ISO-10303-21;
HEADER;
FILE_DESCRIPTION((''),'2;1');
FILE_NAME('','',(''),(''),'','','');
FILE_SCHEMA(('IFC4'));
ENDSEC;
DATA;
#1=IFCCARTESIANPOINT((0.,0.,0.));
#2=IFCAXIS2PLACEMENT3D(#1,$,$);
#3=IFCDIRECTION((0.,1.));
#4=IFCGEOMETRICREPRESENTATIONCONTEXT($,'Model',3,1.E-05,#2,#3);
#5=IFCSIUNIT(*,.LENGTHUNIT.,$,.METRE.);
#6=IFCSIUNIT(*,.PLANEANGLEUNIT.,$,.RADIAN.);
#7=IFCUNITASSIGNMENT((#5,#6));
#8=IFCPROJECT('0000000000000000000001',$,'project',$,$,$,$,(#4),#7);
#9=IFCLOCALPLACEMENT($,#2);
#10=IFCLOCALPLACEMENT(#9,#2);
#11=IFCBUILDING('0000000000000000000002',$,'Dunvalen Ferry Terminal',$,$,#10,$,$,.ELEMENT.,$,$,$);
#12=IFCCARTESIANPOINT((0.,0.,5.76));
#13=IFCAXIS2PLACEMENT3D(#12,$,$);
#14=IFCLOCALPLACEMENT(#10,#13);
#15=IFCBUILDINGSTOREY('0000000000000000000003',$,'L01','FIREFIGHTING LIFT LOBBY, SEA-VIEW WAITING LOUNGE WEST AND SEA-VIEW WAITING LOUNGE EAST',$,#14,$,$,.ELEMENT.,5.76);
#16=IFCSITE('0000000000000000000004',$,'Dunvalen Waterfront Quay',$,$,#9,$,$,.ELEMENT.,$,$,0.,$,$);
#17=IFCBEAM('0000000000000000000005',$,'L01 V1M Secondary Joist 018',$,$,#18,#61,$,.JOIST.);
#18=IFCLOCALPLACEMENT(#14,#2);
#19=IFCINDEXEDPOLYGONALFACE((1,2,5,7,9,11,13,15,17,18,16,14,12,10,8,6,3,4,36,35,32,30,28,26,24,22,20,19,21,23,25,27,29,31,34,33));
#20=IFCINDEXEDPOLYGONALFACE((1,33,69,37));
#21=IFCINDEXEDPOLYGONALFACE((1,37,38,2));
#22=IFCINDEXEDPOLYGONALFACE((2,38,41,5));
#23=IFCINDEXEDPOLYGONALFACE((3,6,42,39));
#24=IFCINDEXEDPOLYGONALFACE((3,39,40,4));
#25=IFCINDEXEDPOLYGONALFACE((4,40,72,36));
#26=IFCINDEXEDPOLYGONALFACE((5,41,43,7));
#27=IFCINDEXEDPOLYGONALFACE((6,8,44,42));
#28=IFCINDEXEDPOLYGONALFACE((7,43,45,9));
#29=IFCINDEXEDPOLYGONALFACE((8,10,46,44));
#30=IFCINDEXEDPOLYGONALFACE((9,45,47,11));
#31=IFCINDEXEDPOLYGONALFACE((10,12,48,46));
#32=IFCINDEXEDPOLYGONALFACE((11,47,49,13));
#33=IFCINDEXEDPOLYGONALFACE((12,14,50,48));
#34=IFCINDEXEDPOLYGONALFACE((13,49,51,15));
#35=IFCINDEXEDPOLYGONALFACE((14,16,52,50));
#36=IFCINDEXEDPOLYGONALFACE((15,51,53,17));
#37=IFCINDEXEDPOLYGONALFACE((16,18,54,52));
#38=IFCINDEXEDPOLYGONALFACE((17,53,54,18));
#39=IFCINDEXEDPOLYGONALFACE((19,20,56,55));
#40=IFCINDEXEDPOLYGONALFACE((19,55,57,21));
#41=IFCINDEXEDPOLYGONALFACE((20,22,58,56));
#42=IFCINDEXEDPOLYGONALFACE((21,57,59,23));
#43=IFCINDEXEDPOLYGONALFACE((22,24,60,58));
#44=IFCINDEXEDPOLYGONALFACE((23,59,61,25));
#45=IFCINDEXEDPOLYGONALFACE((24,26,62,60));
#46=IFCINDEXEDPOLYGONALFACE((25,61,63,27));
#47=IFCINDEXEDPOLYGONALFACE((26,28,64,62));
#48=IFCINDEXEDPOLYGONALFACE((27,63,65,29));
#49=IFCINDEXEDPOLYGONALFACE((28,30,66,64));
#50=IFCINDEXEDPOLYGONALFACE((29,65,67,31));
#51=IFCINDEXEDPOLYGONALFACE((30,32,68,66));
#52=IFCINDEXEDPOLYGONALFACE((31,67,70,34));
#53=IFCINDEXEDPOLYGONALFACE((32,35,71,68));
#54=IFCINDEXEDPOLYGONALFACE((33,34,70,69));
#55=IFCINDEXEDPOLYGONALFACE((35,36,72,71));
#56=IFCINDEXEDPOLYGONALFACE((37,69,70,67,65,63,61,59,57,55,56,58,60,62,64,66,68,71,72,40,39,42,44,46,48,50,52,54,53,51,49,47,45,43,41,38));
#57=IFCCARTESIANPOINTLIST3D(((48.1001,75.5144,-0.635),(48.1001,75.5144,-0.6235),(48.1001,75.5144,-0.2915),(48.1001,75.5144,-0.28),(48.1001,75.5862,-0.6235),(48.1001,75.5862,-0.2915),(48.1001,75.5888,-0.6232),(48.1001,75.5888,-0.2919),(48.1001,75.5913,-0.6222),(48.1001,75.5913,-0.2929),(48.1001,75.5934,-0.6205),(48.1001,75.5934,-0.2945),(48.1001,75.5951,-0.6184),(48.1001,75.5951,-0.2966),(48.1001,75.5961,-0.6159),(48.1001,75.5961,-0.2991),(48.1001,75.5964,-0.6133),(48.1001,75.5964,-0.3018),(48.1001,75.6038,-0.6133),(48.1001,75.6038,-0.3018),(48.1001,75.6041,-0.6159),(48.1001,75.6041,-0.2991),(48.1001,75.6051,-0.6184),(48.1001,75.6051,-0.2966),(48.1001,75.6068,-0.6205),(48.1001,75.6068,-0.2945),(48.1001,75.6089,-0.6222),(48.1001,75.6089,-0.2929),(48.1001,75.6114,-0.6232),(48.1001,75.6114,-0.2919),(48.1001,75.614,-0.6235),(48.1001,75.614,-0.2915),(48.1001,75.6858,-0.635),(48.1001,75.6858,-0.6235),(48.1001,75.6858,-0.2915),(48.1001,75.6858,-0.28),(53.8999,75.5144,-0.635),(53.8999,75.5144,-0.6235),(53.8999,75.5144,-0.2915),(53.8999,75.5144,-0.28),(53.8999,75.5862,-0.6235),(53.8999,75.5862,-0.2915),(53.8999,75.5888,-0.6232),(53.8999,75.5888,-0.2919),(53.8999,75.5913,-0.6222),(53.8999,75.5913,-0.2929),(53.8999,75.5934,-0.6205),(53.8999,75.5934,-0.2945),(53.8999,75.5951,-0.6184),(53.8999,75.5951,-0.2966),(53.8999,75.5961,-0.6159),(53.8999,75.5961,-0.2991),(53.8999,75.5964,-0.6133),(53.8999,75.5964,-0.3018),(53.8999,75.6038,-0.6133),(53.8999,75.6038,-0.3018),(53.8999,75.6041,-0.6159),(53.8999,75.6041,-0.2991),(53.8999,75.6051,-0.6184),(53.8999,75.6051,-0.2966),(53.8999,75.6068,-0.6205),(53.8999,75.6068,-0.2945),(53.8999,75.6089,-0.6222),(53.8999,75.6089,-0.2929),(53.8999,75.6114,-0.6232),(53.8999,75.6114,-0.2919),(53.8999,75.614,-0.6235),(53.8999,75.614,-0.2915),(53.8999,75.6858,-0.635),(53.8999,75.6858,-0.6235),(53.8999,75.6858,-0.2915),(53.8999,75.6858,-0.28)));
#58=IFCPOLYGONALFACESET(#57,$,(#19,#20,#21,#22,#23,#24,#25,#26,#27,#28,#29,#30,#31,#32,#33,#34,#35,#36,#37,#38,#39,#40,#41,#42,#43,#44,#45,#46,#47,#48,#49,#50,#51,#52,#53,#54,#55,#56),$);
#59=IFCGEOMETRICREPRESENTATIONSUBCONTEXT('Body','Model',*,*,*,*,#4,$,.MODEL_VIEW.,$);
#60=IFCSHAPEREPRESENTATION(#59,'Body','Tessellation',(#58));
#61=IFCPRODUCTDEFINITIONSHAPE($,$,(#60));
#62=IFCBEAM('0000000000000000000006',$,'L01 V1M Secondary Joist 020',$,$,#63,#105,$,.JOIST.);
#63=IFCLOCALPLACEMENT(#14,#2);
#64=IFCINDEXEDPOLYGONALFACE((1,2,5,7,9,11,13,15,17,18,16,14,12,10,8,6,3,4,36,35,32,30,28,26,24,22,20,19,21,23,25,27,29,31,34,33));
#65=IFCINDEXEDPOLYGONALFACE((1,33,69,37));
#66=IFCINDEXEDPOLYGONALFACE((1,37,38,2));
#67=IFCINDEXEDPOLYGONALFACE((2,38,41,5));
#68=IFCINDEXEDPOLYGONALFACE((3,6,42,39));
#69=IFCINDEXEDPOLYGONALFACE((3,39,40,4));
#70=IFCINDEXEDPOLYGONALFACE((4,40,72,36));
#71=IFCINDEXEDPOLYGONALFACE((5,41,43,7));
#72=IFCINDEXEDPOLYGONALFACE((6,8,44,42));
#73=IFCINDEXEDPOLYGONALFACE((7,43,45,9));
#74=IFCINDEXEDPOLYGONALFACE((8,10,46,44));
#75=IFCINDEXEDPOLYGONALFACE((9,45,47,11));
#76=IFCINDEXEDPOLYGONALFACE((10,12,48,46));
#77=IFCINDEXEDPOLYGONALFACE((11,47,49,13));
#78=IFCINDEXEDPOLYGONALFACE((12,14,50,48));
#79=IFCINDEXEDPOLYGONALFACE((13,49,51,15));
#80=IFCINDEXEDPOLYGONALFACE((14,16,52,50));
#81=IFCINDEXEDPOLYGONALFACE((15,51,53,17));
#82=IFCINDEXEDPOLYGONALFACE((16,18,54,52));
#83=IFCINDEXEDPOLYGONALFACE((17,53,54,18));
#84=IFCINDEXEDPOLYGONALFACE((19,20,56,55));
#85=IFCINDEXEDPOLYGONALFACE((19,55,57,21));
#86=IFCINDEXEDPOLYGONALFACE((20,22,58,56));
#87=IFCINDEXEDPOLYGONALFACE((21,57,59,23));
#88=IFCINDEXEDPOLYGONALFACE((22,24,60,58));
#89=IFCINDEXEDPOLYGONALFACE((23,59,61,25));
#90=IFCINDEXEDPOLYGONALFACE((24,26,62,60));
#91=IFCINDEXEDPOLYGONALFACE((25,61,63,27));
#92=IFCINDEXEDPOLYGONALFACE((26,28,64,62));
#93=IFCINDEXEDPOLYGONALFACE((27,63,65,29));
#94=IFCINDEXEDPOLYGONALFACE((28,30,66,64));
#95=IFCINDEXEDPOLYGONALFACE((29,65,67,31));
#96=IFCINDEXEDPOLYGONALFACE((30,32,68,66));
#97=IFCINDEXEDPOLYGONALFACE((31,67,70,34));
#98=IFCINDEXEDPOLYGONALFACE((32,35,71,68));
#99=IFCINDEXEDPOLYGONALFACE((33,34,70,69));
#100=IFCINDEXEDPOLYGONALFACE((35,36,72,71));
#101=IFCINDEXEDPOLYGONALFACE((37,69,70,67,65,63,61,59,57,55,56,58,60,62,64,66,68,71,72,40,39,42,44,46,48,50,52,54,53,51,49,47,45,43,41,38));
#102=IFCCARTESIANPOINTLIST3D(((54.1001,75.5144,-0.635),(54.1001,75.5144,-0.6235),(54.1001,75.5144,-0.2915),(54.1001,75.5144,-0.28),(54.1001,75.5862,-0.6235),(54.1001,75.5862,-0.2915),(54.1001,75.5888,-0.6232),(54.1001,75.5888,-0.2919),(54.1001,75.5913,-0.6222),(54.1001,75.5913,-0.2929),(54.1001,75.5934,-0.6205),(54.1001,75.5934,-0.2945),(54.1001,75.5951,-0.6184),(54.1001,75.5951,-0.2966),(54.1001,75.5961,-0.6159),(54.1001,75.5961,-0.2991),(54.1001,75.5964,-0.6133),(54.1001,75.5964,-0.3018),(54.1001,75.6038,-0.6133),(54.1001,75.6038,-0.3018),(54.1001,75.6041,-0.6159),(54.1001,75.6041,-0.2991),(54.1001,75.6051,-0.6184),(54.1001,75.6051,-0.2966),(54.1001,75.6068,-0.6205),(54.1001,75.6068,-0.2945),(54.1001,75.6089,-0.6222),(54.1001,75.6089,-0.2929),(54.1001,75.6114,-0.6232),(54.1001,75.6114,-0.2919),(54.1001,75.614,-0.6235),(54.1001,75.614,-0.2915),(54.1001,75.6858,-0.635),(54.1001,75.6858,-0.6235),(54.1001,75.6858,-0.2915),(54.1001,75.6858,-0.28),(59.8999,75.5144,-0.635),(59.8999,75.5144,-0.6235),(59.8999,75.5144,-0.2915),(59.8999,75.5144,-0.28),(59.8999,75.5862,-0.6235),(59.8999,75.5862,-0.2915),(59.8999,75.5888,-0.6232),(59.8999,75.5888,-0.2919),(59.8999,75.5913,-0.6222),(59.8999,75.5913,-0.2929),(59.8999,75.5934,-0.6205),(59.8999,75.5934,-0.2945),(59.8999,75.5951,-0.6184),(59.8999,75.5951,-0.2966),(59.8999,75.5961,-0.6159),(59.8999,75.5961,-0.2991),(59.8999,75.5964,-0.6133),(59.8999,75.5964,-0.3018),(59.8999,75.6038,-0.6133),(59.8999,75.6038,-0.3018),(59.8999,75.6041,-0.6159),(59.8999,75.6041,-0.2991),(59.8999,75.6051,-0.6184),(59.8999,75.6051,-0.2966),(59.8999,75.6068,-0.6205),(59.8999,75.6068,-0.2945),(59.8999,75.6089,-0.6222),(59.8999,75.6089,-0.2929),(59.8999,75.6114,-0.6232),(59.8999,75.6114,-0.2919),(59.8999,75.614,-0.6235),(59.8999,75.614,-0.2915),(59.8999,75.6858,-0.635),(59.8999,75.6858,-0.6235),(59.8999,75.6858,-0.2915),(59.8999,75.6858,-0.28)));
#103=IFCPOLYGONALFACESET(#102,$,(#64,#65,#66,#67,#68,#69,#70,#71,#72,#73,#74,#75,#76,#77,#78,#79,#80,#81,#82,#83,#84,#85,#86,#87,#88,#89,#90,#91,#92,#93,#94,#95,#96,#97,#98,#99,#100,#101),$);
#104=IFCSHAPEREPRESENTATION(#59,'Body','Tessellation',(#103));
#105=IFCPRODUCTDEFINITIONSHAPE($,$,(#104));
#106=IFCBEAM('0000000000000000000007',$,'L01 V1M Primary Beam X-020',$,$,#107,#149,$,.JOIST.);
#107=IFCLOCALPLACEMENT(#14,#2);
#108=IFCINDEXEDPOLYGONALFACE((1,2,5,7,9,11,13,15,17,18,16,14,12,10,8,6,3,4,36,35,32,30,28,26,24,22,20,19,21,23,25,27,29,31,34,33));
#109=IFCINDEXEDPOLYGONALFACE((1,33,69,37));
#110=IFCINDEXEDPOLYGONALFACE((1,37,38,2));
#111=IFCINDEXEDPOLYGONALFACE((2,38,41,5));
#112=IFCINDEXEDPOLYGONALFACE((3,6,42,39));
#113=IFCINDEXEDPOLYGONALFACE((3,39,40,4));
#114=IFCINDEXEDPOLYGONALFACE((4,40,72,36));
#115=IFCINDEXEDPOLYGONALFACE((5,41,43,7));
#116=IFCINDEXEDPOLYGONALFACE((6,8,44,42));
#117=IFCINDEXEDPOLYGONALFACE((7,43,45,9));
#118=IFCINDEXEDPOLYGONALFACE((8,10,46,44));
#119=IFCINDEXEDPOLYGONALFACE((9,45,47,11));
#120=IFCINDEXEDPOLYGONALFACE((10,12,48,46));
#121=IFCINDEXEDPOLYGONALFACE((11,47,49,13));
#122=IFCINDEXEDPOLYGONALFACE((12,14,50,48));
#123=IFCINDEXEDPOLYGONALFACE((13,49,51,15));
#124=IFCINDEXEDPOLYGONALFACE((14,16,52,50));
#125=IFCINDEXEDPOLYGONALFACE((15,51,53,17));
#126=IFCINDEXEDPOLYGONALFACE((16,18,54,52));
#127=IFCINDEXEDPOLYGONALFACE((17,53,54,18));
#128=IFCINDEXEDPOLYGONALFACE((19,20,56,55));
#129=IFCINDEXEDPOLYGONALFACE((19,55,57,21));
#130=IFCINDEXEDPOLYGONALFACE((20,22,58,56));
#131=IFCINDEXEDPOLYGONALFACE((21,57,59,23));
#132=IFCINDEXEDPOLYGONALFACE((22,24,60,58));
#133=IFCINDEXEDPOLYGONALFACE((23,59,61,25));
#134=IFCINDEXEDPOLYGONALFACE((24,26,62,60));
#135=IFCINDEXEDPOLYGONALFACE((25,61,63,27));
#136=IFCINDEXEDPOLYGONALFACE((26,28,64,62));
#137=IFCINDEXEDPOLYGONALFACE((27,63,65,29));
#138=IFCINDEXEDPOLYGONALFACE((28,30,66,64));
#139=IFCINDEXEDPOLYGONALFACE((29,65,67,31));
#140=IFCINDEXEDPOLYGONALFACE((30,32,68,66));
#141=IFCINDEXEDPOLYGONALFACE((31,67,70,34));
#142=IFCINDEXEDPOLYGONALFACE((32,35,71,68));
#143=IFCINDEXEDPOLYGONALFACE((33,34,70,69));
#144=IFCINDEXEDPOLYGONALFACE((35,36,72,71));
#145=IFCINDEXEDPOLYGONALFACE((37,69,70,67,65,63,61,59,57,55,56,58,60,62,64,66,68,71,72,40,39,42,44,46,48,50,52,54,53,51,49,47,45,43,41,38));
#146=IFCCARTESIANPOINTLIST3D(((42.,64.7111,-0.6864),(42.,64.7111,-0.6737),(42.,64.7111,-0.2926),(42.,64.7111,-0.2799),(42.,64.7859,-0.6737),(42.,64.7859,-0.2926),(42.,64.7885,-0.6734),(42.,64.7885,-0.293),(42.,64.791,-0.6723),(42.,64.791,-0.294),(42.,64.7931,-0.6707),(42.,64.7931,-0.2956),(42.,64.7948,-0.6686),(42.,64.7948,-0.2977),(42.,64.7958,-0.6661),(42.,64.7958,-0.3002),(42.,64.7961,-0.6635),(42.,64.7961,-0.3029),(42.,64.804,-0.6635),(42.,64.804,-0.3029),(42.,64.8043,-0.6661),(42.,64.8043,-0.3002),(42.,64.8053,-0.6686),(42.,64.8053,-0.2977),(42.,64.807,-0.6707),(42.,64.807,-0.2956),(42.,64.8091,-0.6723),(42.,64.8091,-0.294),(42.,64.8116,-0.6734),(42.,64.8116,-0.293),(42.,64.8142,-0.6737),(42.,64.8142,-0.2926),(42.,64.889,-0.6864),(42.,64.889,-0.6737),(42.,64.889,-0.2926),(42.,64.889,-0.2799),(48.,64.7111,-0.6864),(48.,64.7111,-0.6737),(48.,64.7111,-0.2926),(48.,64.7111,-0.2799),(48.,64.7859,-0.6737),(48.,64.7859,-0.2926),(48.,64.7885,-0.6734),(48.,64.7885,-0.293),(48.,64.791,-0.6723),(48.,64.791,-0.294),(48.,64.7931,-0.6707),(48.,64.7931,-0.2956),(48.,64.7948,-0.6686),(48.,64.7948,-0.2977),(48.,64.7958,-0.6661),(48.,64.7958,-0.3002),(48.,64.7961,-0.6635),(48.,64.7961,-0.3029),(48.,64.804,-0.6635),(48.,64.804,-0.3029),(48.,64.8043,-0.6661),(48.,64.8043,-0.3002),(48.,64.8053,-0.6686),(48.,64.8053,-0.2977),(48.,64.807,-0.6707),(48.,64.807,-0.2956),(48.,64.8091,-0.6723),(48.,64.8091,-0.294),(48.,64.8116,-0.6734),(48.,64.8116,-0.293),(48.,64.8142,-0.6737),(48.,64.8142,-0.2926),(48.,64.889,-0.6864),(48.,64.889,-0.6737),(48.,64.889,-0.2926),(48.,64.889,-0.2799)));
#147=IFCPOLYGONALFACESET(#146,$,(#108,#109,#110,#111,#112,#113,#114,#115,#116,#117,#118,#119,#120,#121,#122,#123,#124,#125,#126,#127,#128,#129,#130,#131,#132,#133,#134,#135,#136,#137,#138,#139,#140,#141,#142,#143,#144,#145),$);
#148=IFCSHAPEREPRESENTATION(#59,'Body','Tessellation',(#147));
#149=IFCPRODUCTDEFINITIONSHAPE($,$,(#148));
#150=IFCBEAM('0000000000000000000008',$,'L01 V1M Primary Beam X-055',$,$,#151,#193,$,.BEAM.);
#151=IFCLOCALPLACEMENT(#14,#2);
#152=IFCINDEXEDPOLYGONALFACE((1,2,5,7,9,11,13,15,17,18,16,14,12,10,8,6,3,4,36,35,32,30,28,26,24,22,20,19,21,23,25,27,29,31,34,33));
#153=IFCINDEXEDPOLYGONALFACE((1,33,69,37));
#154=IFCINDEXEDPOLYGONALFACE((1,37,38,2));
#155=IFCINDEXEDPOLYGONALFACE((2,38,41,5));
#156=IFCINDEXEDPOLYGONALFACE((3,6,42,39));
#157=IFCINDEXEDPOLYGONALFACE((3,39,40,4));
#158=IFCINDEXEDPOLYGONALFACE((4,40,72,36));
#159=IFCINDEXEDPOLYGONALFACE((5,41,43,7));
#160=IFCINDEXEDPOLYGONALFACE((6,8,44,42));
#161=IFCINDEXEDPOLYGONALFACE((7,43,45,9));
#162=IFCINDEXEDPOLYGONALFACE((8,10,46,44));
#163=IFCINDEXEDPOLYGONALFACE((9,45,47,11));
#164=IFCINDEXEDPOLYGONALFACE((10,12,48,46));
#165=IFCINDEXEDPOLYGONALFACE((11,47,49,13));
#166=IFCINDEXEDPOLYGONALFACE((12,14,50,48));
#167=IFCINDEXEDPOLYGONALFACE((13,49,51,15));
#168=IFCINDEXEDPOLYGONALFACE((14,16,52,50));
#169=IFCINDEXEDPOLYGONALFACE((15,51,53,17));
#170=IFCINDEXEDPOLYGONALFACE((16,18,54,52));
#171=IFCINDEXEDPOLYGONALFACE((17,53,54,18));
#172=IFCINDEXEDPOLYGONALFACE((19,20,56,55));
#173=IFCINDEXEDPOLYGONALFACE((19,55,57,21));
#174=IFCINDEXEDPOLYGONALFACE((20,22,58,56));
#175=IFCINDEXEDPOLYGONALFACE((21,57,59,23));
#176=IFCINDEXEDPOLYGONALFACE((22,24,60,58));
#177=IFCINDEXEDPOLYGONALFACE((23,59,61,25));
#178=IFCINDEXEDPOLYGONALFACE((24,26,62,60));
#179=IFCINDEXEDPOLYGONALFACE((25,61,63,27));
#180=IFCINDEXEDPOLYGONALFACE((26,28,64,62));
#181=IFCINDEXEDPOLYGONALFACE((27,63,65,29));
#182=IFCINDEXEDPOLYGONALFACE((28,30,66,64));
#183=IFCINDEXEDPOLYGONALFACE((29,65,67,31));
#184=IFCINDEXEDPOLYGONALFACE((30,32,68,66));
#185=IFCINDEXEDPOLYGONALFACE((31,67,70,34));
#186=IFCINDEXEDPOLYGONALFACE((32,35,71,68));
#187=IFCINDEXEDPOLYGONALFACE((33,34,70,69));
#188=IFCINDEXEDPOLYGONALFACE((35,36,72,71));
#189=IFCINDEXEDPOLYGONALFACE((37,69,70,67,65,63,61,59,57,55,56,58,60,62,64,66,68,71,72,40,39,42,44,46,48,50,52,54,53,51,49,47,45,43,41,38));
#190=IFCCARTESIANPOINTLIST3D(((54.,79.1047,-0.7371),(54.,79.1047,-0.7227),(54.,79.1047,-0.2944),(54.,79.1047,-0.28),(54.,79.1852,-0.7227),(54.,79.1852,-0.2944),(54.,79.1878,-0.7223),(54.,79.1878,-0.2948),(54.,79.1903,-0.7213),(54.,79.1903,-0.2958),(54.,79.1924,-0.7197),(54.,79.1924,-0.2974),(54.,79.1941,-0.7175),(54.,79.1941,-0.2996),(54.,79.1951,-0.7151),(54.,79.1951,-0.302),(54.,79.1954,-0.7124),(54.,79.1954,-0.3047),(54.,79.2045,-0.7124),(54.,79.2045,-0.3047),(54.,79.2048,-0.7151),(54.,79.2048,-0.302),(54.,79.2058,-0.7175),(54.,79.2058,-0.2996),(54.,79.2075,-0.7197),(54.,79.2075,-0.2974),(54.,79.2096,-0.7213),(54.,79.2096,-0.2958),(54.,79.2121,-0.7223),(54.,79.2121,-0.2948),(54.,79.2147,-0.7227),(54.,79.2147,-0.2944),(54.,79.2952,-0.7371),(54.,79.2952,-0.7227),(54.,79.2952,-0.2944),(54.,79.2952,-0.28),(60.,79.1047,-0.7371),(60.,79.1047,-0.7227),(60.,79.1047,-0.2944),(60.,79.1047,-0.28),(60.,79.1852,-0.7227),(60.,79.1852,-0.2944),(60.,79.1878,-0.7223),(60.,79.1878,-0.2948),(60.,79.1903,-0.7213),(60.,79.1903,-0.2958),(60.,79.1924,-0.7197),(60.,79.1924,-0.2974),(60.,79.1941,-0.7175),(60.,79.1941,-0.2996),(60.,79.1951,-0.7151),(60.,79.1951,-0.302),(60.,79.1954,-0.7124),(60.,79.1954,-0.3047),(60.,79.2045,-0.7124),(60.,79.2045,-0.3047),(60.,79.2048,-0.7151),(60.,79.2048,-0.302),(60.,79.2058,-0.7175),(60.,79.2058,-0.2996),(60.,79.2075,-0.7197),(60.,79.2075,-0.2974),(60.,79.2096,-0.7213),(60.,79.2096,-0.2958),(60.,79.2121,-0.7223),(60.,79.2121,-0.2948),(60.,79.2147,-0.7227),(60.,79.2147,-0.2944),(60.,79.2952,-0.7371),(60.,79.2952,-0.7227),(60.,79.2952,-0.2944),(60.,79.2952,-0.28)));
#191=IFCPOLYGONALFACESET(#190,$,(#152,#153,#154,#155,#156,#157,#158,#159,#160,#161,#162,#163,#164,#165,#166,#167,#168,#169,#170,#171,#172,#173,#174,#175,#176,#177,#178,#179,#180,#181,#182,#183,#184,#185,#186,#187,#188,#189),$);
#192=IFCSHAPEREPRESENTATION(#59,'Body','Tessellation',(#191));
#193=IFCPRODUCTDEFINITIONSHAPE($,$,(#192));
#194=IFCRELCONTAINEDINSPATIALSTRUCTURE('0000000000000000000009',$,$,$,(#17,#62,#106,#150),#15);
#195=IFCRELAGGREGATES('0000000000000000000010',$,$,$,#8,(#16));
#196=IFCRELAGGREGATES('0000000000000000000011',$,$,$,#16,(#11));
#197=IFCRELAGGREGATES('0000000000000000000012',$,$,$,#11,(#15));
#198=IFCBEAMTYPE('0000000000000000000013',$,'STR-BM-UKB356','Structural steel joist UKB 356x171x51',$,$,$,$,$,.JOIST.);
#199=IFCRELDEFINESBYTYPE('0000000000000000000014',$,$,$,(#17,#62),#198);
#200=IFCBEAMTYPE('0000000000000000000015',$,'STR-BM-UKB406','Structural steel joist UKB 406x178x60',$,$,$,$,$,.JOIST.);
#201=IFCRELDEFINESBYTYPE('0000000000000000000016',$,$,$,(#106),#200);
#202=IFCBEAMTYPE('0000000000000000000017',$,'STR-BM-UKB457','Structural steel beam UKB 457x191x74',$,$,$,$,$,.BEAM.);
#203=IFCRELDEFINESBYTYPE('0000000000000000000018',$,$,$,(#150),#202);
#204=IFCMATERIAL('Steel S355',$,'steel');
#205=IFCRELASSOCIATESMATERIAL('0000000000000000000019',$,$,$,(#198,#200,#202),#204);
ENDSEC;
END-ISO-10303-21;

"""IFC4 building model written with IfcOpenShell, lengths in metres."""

from ifc_helpers import new_model, si_unit, direction, frame, origin, origin_2d, place, context, subcontext, project, spatial, i_section, extrude, material, material_profile, profile_set, type_object, element, save


model = new_model("IFC4")

# Units and contexts
model_context = context("Model", 3, precision=1e-05, world=origin(), true_north=direction((0.0, 1.0)))
body_context = subcontext(model_context, "Body", "Model", "MODEL_VIEW")
ifc_project = project(units=[si_unit("LENGTHUNIT", "METRE"), si_unit("PLANEANGLEUNIT", "RADIAN")], contexts=[model_context])

# Site, building, storey
site_placement = place(None, origin())
site = spatial("IfcSite", under=ifc_project, at=site_placement, Name="Dunvalen Waterfront Quay", CompositionType="ELEMENT", RefElevation=0.0)
building_placement = place(site_placement, origin())
building = spatial("IfcBuilding", under=site, at=building_placement, Name="Dunvalen Ferry Terminal", CompositionType="ELEMENT")
storey_placement = place(building_placement, frame((0.0, 0.0, 5.76)))
storey = spatial("IfcBuildingStorey", under=building, at=storey_placement, Name="L01", Description="FIREFIGHTING LIFT LOBBY, SEA-VIEW WAITING LOUNGE WEST AND SEA-VIEW WAITING LOUNGE EAST", CompositionType="ELEMENT", Elevation=5.76)

# Beams
ifc_material_1 = material(Name="Steel S355", Category="steel")
ifc_material_profile_1 = material_profile(ifc_material_1, i_section(OverallWidth=0.1714, OverallDepth=0.355, WebThickness=0.0073, FlangeThickness=0.0115, FilletRadius=0.0103, at=origin_2d()), Name="Steel S355")
ifc_profile_set_1 = profile_set([ifc_material_profile_1], Name="Steel S355")
beam_type_1 = type_object("IfcBeamType", Name="STR-BM-UKB356", Description="Structural steel joist UKB 356x171x51", PredefinedType="JOIST", material=ifc_profile_set_1)
for number, where, z_axis, x_axis, name in (
    (1, (48.1001, 75.6001, -0.4575), (1.0, 0.0, 0.0), (0.0, 1.0, 0.0), "L01 V1M Secondary Joist 018"),
    (2, (54.1001, 75.6001, -0.4575), (1.0, 0.0, 0.0), (0.0, 1.0, 0.0), "L01 V1M Secondary Joist 020"),
):
    element("IfcBeam", number, at=place(storey_placement, frame(where, z_axis=z_axis, x_axis=x_axis)), inside=storey, type_object=beam_type_1, Name=name, PredefinedType="JOIST", context=body_context, shape_type="SweptSolid", body=[
        extrude(i_section(OverallWidth=0.1714, OverallDepth=0.355, WebThickness=0.0073, FlangeThickness=0.0115, FilletRadius=0.0103, at=origin_2d()), origin(), (0.0, 0.0, 1.0), 5.7998),
    ])
ifc_material_profile_2 = material_profile(ifc_material_1, i_section(OverallWidth=0.178, OverallDepth=0.4065, WebThickness=0.0078, FlangeThickness=0.0127, FilletRadius=0.0103, at=origin_2d()), Name="Steel S355")
ifc_profile_set_2 = profile_set([ifc_material_profile_2], Name="Steel S355")
beam_type_2 = type_object("IfcBeamType", Name="STR-BM-UKB406", Description="Structural steel joist UKB 406x178x60", PredefinedType="JOIST", material=ifc_profile_set_2)
beam_1_placement = place(storey_placement, frame((42.0, 64.8, -0.4832), z_axis=(1.0, 0.0, 0.0), x_axis=(0.0, 1.0, 0.0)))
element("IfcBeam", 3, at=beam_1_placement, inside=storey, type_object=beam_type_2, Name="L01 V1M Primary Beam X-020", PredefinedType="JOIST", context=body_context, shape_type="SweptSolid", body=[
    extrude(i_section(OverallWidth=0.178, OverallDepth=0.4065, WebThickness=0.0078, FlangeThickness=0.0127, FilletRadius=0.0103, at=origin_2d()), origin(), (0.0, 0.0, 1.0), 6.0),
])
ifc_material_profile_3 = material_profile(ifc_material_1, i_section(OverallWidth=0.1904, OverallDepth=0.457, WebThickness=0.009, FlangeThickness=0.0144, FilletRadius=0.0103, at=origin_2d()), Name="Steel S355")
ifc_profile_set_3 = profile_set([ifc_material_profile_3], Name="Steel S355")
beam_type_3 = type_object("IfcBeamType", Name="STR-BM-UKB457", Description="Structural steel beam UKB 457x191x74", PredefinedType="BEAM", material=ifc_profile_set_3)
for number, where, z_axis, x_axis, name in (
    (4, (54.0, 79.2, -0.5085), (1.0, 0.0, 0.0), (0.0, 1.0, 0.0), "L01 V1M Primary Beam X-055"),
):
    element("IfcBeam", number, at=place(storey_placement, frame(where, z_axis=z_axis, x_axis=x_axis)), inside=storey, type_object=beam_type_3, Name=name, PredefinedType="BEAM", context=body_context, shape_type="SweptSolid", body=[
        extrude(i_section(OverallWidth=0.1904, OverallDepth=0.457, WebThickness=0.009, FlangeThickness=0.0144, FilletRadius=0.0103, at=origin_2d()), origin(), (0.0, 0.0, 1.0), 6.0),
    ])

save(model, "model.ifc")
